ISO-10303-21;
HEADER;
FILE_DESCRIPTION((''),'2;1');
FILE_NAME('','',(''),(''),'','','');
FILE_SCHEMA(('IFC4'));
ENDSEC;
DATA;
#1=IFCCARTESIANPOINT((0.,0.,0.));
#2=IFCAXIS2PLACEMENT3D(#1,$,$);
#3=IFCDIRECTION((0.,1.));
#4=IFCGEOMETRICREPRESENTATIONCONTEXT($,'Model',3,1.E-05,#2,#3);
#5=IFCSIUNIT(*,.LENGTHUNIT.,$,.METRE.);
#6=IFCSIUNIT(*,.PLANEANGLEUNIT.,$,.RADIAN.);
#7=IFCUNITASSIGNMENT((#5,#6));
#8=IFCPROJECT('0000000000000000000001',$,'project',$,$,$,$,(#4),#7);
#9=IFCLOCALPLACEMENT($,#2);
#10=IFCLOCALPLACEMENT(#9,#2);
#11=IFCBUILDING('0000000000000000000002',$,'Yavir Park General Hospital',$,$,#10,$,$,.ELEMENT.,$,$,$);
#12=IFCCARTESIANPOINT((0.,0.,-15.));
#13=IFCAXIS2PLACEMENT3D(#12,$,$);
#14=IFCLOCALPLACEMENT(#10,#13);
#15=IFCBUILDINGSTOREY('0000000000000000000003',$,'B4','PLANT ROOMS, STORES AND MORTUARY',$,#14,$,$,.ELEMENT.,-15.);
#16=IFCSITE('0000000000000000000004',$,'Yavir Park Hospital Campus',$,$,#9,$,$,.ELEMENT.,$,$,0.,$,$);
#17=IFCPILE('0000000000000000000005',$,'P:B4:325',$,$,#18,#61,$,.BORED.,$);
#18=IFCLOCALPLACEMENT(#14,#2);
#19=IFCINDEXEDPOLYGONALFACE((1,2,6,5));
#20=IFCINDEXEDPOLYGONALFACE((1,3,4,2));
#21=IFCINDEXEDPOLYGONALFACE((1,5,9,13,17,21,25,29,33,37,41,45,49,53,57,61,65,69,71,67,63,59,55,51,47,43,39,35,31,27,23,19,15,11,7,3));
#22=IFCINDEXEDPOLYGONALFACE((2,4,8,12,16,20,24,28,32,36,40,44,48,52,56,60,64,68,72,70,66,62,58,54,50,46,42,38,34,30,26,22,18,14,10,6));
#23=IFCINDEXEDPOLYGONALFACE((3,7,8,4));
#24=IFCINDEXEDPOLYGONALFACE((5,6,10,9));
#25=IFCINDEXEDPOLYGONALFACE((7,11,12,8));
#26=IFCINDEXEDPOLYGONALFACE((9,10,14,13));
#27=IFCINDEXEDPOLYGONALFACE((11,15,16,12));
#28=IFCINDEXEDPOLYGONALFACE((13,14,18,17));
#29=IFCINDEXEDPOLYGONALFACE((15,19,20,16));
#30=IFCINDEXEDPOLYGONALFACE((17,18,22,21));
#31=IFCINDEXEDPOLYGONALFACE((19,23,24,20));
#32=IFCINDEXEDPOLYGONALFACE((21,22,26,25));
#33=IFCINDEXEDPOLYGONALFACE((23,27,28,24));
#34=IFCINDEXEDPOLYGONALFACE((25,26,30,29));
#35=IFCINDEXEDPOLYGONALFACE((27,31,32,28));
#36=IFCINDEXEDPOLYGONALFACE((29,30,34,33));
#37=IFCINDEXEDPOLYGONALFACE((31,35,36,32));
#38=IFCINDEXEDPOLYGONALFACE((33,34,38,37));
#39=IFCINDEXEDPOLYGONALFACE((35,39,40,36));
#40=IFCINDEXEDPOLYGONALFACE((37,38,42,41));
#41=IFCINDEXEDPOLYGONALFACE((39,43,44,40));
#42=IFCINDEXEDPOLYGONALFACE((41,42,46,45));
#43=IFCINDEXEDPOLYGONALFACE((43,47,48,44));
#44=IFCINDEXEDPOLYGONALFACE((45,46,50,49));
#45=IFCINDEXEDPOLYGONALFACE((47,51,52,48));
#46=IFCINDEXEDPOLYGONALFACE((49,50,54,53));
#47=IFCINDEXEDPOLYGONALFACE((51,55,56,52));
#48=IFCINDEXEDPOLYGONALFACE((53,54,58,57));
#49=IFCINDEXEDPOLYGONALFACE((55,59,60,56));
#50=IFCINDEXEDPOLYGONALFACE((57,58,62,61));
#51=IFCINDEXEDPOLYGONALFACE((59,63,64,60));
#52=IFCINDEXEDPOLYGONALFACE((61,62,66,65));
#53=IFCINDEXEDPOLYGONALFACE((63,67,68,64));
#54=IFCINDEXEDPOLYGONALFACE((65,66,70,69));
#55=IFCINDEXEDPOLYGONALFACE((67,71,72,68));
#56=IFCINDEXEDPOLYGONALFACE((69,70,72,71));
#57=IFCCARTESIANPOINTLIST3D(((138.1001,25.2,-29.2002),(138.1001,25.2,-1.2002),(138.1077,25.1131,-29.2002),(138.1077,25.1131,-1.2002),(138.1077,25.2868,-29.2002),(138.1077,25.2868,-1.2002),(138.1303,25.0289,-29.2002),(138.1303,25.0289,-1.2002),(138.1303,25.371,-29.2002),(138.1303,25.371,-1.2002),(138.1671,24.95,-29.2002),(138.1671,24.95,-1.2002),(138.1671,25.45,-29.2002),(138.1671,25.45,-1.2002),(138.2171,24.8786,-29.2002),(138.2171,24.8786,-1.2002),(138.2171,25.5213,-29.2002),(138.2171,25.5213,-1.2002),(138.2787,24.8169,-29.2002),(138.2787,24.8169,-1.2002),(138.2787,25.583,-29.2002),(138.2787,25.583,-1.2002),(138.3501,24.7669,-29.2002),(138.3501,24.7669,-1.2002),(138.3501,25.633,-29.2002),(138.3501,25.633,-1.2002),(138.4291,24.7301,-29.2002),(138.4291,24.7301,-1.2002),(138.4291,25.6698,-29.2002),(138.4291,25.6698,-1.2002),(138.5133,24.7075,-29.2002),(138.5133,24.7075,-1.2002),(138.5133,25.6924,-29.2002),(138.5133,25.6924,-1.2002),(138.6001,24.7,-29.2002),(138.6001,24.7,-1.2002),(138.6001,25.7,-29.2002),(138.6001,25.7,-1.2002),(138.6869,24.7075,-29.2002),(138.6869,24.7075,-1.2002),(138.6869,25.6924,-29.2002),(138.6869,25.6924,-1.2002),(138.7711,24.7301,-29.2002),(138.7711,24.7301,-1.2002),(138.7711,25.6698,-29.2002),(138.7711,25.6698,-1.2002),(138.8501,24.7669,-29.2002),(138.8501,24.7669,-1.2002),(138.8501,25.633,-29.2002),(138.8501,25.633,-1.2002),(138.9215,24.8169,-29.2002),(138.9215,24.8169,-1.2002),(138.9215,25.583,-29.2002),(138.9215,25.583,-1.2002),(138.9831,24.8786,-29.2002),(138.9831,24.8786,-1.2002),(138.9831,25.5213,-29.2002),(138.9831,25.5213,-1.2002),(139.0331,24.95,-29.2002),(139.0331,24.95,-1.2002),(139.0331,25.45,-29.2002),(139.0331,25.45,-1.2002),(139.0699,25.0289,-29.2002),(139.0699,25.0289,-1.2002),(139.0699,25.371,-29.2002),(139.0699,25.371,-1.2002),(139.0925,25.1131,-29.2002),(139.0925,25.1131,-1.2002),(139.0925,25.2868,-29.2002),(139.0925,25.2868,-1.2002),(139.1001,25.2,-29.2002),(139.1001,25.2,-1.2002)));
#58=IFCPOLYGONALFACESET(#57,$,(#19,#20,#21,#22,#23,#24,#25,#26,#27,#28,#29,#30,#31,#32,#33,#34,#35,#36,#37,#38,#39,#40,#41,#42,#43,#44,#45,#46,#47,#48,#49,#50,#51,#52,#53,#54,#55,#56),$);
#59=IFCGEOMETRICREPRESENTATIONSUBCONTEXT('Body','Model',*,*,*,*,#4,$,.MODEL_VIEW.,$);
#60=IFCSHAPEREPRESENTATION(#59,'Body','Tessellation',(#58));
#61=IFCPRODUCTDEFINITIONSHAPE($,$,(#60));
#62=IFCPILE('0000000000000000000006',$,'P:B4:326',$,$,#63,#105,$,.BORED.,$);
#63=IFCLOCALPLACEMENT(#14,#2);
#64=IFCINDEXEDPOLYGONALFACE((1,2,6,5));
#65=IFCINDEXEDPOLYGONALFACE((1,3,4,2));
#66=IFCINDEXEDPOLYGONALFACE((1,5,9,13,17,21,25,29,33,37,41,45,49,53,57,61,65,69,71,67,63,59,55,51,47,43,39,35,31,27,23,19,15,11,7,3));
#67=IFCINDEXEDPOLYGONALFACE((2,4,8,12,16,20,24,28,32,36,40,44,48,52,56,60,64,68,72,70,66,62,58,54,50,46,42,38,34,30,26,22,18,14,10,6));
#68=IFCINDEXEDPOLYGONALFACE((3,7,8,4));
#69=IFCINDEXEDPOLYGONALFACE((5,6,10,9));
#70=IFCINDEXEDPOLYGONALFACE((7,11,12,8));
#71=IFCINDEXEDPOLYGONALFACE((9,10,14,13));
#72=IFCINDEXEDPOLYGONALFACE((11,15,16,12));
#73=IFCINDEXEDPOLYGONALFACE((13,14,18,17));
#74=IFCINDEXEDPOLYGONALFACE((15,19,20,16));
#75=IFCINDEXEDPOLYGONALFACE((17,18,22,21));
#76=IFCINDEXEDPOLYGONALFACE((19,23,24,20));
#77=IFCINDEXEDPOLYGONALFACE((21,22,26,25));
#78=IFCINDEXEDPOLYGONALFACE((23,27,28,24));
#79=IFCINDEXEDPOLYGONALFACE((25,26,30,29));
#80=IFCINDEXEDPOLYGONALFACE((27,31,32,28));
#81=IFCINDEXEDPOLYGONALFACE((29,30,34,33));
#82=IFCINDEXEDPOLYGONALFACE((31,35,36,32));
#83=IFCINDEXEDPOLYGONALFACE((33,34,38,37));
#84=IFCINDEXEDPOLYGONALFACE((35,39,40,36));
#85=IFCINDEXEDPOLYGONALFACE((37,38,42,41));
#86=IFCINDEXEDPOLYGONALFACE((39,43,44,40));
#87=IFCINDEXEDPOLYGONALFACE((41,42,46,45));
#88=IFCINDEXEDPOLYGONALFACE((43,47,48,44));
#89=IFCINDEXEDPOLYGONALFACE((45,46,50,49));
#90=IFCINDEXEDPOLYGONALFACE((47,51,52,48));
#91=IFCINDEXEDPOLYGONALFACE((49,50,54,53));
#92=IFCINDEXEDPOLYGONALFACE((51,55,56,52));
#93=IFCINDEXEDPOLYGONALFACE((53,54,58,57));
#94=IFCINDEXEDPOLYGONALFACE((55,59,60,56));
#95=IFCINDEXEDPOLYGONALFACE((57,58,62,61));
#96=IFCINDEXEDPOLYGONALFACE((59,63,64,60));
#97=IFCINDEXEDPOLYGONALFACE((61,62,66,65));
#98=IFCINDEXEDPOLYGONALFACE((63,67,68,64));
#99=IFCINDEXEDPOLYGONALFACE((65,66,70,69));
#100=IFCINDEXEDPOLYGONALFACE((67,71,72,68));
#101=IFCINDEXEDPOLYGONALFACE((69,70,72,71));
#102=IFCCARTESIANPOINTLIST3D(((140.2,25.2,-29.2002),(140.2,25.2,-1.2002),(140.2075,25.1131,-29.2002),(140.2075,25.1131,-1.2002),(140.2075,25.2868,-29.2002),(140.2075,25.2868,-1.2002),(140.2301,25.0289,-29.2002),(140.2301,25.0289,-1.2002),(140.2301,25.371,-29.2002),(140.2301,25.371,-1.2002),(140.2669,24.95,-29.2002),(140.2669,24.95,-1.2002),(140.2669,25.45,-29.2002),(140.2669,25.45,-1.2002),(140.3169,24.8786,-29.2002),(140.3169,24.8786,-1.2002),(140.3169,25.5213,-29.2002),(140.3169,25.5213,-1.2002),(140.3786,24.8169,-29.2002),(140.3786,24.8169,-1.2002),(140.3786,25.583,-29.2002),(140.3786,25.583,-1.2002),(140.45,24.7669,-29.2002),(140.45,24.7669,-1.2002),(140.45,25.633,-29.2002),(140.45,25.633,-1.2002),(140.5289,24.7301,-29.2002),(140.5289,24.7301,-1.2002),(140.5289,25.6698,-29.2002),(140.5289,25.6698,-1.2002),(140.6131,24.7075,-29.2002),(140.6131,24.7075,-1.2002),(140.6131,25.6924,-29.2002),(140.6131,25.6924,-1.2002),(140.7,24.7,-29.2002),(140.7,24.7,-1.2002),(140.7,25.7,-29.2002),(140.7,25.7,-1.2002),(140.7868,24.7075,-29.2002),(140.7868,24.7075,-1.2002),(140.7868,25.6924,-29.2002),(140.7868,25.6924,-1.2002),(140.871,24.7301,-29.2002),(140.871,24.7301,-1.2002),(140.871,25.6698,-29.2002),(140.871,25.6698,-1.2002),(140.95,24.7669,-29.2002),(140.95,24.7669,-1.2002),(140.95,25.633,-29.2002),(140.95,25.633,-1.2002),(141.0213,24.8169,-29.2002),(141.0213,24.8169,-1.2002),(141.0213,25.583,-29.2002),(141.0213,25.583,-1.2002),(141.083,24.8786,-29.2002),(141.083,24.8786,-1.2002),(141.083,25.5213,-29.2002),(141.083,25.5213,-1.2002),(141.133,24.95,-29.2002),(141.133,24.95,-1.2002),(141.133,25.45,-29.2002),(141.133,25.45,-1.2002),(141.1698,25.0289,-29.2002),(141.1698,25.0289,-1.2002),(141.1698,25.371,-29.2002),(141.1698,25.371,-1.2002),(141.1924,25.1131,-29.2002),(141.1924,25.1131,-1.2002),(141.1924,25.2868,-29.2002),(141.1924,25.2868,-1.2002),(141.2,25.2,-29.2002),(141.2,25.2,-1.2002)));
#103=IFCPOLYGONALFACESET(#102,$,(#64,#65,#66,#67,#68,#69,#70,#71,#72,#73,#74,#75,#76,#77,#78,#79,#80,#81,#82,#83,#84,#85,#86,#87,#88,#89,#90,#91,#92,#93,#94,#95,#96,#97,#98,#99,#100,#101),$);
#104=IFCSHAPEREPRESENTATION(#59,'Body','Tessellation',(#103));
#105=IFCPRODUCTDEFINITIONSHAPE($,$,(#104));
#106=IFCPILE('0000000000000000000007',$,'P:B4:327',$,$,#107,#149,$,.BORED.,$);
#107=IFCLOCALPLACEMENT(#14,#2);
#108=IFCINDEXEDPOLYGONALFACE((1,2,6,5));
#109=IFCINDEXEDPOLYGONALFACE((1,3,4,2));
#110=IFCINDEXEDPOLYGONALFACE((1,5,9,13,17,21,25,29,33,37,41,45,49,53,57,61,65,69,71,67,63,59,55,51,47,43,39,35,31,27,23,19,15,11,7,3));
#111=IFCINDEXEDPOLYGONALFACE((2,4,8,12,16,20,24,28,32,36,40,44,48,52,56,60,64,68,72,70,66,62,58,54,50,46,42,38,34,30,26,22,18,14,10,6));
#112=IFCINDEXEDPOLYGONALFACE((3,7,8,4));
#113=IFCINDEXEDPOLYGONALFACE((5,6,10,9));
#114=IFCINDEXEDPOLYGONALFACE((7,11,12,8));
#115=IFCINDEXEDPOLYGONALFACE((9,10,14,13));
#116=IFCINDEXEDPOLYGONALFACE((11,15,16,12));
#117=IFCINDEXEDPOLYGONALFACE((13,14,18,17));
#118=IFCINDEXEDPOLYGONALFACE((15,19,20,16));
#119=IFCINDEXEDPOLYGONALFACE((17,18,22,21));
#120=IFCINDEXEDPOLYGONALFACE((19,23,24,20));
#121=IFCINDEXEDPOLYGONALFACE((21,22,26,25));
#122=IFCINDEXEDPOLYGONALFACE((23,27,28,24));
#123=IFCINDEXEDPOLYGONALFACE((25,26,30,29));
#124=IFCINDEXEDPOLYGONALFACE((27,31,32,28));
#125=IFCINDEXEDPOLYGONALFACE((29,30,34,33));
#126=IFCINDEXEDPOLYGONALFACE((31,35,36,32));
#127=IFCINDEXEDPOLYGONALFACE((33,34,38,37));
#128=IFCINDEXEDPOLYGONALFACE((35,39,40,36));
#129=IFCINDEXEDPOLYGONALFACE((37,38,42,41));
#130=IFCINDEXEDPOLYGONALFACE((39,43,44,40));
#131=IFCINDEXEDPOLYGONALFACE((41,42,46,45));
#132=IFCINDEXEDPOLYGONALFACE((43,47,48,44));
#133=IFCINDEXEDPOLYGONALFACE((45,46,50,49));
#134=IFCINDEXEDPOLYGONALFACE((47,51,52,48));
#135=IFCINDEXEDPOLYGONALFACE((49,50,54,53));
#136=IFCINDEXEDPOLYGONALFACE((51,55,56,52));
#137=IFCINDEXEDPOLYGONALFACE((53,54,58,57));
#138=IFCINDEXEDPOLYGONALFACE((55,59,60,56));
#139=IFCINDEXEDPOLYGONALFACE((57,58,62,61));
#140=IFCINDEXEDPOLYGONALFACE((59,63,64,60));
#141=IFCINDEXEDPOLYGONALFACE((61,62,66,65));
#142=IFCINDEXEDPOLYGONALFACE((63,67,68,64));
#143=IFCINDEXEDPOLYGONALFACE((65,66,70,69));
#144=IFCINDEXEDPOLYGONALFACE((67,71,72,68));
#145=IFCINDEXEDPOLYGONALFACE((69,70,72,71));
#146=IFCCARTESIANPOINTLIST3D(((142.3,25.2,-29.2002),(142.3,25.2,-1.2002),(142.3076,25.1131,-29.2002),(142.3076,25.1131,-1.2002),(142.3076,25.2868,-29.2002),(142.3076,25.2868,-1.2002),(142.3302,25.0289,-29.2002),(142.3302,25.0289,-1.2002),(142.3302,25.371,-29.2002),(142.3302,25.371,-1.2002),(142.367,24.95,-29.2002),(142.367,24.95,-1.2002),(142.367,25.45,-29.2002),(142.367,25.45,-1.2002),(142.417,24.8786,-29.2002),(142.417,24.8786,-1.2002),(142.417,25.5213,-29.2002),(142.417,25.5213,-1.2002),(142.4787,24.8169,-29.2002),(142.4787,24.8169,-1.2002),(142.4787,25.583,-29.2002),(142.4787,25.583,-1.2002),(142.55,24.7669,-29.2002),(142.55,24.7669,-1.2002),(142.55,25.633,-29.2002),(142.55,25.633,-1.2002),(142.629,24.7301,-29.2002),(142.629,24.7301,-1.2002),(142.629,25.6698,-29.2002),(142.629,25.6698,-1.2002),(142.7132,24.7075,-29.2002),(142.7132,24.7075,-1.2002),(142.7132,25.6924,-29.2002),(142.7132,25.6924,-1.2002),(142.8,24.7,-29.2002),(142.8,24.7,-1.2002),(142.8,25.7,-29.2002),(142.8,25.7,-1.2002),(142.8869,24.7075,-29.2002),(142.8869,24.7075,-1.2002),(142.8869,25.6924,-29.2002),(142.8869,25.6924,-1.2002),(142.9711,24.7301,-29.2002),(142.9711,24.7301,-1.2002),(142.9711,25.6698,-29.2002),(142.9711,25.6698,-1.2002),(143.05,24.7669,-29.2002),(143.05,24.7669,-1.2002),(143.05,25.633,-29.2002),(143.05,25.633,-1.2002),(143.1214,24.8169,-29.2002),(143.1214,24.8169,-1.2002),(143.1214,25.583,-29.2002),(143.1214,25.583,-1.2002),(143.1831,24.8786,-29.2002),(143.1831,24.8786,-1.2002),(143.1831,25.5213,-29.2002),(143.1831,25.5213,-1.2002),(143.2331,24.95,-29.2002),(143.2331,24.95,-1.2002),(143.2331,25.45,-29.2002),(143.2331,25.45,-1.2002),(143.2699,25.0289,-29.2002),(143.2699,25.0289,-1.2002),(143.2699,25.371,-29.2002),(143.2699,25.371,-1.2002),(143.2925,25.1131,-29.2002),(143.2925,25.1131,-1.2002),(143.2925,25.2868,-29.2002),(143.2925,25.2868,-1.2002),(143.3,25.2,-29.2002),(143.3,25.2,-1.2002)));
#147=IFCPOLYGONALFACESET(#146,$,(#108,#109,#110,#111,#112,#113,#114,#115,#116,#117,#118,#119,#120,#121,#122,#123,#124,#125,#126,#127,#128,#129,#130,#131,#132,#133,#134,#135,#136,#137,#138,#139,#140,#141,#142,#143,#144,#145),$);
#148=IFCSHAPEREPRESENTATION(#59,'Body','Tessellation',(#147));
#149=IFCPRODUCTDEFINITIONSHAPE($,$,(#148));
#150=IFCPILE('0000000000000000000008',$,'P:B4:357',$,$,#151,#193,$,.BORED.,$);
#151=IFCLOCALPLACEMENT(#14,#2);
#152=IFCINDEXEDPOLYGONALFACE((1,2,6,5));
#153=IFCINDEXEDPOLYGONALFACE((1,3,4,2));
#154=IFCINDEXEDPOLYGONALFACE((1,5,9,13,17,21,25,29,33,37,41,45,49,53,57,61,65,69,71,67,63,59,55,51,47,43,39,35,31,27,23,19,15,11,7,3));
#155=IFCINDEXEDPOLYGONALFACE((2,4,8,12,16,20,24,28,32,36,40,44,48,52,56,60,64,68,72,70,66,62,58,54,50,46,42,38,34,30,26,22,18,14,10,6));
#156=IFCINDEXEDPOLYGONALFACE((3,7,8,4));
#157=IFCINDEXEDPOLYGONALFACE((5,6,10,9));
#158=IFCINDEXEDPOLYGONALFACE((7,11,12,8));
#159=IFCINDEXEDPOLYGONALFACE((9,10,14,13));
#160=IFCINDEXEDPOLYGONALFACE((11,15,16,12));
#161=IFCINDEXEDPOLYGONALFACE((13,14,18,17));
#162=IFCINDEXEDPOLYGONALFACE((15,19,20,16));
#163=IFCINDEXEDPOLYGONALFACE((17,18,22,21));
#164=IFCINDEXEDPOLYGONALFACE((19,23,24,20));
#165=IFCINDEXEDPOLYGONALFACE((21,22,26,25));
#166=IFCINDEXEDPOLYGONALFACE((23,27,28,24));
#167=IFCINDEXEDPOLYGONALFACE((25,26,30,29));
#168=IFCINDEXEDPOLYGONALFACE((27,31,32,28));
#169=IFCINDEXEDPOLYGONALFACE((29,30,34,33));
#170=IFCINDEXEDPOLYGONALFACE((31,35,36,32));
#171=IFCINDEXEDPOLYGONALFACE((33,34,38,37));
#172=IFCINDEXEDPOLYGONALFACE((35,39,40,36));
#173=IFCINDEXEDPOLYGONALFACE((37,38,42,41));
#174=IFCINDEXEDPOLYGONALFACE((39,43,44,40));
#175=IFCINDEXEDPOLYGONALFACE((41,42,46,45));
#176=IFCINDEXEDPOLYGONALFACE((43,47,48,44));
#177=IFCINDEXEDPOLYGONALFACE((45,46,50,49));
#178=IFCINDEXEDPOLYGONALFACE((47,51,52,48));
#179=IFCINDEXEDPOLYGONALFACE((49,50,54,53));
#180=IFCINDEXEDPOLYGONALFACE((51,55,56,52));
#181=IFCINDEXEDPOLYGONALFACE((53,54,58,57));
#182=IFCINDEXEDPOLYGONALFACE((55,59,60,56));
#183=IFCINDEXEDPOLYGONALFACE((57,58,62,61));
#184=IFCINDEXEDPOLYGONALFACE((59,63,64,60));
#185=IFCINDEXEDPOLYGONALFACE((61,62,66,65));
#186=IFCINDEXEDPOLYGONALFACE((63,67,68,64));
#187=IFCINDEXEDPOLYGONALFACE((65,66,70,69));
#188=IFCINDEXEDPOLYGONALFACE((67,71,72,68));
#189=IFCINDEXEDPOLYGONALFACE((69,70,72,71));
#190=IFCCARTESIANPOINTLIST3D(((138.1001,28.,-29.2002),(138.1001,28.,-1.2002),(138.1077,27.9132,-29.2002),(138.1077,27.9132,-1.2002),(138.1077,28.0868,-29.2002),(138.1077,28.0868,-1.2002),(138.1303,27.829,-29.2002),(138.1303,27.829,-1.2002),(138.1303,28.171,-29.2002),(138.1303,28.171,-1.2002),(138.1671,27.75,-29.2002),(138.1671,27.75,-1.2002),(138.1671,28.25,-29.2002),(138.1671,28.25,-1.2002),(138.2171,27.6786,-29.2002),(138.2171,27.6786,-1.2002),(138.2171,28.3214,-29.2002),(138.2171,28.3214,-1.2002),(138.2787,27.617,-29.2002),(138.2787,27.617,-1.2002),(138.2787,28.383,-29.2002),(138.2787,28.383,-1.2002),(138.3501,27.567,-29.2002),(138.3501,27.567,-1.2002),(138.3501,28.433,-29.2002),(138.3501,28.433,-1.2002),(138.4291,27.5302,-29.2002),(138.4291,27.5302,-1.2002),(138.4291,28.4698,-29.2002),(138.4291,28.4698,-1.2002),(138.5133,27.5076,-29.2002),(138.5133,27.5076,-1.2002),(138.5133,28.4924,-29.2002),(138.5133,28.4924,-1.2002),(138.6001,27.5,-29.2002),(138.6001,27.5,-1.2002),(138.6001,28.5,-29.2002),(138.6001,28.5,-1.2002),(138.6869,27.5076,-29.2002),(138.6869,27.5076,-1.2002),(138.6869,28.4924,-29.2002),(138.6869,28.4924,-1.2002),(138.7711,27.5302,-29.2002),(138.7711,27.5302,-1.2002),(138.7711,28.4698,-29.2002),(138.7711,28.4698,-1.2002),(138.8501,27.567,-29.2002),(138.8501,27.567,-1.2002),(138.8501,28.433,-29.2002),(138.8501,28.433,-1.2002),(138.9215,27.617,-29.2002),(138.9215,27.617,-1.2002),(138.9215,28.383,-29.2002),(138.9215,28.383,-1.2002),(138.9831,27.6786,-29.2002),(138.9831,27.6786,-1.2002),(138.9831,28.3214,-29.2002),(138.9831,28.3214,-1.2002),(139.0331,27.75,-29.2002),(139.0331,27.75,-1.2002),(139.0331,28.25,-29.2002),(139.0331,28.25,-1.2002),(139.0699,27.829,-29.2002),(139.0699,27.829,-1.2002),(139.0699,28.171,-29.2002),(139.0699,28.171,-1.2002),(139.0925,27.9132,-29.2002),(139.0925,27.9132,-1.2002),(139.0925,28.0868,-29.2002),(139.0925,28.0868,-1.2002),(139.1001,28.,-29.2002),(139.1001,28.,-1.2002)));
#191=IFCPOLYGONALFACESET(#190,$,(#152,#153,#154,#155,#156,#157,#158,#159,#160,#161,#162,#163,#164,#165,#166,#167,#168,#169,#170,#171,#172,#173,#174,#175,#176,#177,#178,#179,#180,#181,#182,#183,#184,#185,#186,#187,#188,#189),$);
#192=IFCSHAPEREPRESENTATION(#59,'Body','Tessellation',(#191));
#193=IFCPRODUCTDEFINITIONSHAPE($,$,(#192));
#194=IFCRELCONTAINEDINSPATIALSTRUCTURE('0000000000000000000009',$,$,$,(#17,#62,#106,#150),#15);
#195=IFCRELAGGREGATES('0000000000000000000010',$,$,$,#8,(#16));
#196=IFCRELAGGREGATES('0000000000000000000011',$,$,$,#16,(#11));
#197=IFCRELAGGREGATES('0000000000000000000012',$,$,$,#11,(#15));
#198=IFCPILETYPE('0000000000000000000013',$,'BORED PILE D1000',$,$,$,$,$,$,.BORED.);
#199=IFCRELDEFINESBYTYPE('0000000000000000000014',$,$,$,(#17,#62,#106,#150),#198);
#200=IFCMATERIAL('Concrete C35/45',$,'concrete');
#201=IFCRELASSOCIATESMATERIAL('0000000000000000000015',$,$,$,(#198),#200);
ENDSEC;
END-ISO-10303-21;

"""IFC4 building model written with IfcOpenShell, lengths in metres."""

from ifc_helpers import new_model, si_unit, direction, frame, origin, origin_2d, place, context, subcontext, project, spatial, circle, extrude, material, material_profile, profile_set, type_object, element, save


model = new_model("IFC4")

# Units and contexts
model_context = context("Model", 3, precision=1e-05, world=origin(), true_north=direction((0.0, 1.0)))
body_context = subcontext(model_context, "Body", "Model", "MODEL_VIEW")
ifc_project = project(units=[si_unit("LENGTHUNIT", "METRE"), si_unit("PLANEANGLEUNIT", "RADIAN")], contexts=[model_context])

# Site, building, storey
site_placement = place(None, origin())
site = spatial("IfcSite", under=ifc_project, at=site_placement, Name="Yavir Park Hospital Campus", CompositionType="ELEMENT", RefElevation=0.0)
building_placement = place(site_placement, origin())
building = spatial("IfcBuilding", under=site, at=building_placement, Name="Yavir Park General Hospital", CompositionType="ELEMENT")
storey_placement = place(building_placement, frame((0.0, 0.0, -15.0)))
storey = spatial("IfcBuildingStorey", under=building, at=storey_placement, Name="B4", Description="PLANT ROOMS, STORES AND MORTUARY", CompositionType="ELEMENT", Elevation=-15.0)

# Piles
ifc_material_1 = material(Name="Concrete C35/45", Category="concrete")
ifc_material_profile_1 = material_profile(ifc_material_1, circle(Radius=0.5, at=origin_2d()), Name="D1000")
ifc_profile_set_1 = profile_set([ifc_material_profile_1], Name="Concrete C35/45")
pile_type_1 = type_object("IfcPileType", Name="BORED PILE D1000", PredefinedType="BORED", material=ifc_profile_set_1)
for number, where, z_axis, x_axis, name in (
    (1, (138.6001, 25.2, -1.2002), (0.0, 0.0, -1.0), (1.0, 0.0, 0.0), "P:B4:325"),
    (2, (140.7, 25.2, -1.2002), (0.0, 0.0, -1.0), (1.0, 0.0, 0.0), "P:B4:326"),
    (3, (142.8, 25.2, -1.2002), (0.0, 0.0, -1.0), (1.0, 0.0, 0.0), "P:B4:327"),
    (4, (138.6001, 28.0, -1.2002), (0.0, 0.0, -1.0), (1.0, 0.0, 0.0), "P:B4:357"),
):
    element("IfcPile", number, at=place(storey_placement, frame(where, z_axis=z_axis, x_axis=x_axis)), inside=storey, type_object=pile_type_1, Name=name, PredefinedType="BORED", context=body_context, shape_type="SweptSolid", body=[
        extrude(circle(Radius=0.5, at=origin_2d()), origin(), (0.0, 0.0, 1.0), 28.0),
    ])

save(model, "model.ifc")
